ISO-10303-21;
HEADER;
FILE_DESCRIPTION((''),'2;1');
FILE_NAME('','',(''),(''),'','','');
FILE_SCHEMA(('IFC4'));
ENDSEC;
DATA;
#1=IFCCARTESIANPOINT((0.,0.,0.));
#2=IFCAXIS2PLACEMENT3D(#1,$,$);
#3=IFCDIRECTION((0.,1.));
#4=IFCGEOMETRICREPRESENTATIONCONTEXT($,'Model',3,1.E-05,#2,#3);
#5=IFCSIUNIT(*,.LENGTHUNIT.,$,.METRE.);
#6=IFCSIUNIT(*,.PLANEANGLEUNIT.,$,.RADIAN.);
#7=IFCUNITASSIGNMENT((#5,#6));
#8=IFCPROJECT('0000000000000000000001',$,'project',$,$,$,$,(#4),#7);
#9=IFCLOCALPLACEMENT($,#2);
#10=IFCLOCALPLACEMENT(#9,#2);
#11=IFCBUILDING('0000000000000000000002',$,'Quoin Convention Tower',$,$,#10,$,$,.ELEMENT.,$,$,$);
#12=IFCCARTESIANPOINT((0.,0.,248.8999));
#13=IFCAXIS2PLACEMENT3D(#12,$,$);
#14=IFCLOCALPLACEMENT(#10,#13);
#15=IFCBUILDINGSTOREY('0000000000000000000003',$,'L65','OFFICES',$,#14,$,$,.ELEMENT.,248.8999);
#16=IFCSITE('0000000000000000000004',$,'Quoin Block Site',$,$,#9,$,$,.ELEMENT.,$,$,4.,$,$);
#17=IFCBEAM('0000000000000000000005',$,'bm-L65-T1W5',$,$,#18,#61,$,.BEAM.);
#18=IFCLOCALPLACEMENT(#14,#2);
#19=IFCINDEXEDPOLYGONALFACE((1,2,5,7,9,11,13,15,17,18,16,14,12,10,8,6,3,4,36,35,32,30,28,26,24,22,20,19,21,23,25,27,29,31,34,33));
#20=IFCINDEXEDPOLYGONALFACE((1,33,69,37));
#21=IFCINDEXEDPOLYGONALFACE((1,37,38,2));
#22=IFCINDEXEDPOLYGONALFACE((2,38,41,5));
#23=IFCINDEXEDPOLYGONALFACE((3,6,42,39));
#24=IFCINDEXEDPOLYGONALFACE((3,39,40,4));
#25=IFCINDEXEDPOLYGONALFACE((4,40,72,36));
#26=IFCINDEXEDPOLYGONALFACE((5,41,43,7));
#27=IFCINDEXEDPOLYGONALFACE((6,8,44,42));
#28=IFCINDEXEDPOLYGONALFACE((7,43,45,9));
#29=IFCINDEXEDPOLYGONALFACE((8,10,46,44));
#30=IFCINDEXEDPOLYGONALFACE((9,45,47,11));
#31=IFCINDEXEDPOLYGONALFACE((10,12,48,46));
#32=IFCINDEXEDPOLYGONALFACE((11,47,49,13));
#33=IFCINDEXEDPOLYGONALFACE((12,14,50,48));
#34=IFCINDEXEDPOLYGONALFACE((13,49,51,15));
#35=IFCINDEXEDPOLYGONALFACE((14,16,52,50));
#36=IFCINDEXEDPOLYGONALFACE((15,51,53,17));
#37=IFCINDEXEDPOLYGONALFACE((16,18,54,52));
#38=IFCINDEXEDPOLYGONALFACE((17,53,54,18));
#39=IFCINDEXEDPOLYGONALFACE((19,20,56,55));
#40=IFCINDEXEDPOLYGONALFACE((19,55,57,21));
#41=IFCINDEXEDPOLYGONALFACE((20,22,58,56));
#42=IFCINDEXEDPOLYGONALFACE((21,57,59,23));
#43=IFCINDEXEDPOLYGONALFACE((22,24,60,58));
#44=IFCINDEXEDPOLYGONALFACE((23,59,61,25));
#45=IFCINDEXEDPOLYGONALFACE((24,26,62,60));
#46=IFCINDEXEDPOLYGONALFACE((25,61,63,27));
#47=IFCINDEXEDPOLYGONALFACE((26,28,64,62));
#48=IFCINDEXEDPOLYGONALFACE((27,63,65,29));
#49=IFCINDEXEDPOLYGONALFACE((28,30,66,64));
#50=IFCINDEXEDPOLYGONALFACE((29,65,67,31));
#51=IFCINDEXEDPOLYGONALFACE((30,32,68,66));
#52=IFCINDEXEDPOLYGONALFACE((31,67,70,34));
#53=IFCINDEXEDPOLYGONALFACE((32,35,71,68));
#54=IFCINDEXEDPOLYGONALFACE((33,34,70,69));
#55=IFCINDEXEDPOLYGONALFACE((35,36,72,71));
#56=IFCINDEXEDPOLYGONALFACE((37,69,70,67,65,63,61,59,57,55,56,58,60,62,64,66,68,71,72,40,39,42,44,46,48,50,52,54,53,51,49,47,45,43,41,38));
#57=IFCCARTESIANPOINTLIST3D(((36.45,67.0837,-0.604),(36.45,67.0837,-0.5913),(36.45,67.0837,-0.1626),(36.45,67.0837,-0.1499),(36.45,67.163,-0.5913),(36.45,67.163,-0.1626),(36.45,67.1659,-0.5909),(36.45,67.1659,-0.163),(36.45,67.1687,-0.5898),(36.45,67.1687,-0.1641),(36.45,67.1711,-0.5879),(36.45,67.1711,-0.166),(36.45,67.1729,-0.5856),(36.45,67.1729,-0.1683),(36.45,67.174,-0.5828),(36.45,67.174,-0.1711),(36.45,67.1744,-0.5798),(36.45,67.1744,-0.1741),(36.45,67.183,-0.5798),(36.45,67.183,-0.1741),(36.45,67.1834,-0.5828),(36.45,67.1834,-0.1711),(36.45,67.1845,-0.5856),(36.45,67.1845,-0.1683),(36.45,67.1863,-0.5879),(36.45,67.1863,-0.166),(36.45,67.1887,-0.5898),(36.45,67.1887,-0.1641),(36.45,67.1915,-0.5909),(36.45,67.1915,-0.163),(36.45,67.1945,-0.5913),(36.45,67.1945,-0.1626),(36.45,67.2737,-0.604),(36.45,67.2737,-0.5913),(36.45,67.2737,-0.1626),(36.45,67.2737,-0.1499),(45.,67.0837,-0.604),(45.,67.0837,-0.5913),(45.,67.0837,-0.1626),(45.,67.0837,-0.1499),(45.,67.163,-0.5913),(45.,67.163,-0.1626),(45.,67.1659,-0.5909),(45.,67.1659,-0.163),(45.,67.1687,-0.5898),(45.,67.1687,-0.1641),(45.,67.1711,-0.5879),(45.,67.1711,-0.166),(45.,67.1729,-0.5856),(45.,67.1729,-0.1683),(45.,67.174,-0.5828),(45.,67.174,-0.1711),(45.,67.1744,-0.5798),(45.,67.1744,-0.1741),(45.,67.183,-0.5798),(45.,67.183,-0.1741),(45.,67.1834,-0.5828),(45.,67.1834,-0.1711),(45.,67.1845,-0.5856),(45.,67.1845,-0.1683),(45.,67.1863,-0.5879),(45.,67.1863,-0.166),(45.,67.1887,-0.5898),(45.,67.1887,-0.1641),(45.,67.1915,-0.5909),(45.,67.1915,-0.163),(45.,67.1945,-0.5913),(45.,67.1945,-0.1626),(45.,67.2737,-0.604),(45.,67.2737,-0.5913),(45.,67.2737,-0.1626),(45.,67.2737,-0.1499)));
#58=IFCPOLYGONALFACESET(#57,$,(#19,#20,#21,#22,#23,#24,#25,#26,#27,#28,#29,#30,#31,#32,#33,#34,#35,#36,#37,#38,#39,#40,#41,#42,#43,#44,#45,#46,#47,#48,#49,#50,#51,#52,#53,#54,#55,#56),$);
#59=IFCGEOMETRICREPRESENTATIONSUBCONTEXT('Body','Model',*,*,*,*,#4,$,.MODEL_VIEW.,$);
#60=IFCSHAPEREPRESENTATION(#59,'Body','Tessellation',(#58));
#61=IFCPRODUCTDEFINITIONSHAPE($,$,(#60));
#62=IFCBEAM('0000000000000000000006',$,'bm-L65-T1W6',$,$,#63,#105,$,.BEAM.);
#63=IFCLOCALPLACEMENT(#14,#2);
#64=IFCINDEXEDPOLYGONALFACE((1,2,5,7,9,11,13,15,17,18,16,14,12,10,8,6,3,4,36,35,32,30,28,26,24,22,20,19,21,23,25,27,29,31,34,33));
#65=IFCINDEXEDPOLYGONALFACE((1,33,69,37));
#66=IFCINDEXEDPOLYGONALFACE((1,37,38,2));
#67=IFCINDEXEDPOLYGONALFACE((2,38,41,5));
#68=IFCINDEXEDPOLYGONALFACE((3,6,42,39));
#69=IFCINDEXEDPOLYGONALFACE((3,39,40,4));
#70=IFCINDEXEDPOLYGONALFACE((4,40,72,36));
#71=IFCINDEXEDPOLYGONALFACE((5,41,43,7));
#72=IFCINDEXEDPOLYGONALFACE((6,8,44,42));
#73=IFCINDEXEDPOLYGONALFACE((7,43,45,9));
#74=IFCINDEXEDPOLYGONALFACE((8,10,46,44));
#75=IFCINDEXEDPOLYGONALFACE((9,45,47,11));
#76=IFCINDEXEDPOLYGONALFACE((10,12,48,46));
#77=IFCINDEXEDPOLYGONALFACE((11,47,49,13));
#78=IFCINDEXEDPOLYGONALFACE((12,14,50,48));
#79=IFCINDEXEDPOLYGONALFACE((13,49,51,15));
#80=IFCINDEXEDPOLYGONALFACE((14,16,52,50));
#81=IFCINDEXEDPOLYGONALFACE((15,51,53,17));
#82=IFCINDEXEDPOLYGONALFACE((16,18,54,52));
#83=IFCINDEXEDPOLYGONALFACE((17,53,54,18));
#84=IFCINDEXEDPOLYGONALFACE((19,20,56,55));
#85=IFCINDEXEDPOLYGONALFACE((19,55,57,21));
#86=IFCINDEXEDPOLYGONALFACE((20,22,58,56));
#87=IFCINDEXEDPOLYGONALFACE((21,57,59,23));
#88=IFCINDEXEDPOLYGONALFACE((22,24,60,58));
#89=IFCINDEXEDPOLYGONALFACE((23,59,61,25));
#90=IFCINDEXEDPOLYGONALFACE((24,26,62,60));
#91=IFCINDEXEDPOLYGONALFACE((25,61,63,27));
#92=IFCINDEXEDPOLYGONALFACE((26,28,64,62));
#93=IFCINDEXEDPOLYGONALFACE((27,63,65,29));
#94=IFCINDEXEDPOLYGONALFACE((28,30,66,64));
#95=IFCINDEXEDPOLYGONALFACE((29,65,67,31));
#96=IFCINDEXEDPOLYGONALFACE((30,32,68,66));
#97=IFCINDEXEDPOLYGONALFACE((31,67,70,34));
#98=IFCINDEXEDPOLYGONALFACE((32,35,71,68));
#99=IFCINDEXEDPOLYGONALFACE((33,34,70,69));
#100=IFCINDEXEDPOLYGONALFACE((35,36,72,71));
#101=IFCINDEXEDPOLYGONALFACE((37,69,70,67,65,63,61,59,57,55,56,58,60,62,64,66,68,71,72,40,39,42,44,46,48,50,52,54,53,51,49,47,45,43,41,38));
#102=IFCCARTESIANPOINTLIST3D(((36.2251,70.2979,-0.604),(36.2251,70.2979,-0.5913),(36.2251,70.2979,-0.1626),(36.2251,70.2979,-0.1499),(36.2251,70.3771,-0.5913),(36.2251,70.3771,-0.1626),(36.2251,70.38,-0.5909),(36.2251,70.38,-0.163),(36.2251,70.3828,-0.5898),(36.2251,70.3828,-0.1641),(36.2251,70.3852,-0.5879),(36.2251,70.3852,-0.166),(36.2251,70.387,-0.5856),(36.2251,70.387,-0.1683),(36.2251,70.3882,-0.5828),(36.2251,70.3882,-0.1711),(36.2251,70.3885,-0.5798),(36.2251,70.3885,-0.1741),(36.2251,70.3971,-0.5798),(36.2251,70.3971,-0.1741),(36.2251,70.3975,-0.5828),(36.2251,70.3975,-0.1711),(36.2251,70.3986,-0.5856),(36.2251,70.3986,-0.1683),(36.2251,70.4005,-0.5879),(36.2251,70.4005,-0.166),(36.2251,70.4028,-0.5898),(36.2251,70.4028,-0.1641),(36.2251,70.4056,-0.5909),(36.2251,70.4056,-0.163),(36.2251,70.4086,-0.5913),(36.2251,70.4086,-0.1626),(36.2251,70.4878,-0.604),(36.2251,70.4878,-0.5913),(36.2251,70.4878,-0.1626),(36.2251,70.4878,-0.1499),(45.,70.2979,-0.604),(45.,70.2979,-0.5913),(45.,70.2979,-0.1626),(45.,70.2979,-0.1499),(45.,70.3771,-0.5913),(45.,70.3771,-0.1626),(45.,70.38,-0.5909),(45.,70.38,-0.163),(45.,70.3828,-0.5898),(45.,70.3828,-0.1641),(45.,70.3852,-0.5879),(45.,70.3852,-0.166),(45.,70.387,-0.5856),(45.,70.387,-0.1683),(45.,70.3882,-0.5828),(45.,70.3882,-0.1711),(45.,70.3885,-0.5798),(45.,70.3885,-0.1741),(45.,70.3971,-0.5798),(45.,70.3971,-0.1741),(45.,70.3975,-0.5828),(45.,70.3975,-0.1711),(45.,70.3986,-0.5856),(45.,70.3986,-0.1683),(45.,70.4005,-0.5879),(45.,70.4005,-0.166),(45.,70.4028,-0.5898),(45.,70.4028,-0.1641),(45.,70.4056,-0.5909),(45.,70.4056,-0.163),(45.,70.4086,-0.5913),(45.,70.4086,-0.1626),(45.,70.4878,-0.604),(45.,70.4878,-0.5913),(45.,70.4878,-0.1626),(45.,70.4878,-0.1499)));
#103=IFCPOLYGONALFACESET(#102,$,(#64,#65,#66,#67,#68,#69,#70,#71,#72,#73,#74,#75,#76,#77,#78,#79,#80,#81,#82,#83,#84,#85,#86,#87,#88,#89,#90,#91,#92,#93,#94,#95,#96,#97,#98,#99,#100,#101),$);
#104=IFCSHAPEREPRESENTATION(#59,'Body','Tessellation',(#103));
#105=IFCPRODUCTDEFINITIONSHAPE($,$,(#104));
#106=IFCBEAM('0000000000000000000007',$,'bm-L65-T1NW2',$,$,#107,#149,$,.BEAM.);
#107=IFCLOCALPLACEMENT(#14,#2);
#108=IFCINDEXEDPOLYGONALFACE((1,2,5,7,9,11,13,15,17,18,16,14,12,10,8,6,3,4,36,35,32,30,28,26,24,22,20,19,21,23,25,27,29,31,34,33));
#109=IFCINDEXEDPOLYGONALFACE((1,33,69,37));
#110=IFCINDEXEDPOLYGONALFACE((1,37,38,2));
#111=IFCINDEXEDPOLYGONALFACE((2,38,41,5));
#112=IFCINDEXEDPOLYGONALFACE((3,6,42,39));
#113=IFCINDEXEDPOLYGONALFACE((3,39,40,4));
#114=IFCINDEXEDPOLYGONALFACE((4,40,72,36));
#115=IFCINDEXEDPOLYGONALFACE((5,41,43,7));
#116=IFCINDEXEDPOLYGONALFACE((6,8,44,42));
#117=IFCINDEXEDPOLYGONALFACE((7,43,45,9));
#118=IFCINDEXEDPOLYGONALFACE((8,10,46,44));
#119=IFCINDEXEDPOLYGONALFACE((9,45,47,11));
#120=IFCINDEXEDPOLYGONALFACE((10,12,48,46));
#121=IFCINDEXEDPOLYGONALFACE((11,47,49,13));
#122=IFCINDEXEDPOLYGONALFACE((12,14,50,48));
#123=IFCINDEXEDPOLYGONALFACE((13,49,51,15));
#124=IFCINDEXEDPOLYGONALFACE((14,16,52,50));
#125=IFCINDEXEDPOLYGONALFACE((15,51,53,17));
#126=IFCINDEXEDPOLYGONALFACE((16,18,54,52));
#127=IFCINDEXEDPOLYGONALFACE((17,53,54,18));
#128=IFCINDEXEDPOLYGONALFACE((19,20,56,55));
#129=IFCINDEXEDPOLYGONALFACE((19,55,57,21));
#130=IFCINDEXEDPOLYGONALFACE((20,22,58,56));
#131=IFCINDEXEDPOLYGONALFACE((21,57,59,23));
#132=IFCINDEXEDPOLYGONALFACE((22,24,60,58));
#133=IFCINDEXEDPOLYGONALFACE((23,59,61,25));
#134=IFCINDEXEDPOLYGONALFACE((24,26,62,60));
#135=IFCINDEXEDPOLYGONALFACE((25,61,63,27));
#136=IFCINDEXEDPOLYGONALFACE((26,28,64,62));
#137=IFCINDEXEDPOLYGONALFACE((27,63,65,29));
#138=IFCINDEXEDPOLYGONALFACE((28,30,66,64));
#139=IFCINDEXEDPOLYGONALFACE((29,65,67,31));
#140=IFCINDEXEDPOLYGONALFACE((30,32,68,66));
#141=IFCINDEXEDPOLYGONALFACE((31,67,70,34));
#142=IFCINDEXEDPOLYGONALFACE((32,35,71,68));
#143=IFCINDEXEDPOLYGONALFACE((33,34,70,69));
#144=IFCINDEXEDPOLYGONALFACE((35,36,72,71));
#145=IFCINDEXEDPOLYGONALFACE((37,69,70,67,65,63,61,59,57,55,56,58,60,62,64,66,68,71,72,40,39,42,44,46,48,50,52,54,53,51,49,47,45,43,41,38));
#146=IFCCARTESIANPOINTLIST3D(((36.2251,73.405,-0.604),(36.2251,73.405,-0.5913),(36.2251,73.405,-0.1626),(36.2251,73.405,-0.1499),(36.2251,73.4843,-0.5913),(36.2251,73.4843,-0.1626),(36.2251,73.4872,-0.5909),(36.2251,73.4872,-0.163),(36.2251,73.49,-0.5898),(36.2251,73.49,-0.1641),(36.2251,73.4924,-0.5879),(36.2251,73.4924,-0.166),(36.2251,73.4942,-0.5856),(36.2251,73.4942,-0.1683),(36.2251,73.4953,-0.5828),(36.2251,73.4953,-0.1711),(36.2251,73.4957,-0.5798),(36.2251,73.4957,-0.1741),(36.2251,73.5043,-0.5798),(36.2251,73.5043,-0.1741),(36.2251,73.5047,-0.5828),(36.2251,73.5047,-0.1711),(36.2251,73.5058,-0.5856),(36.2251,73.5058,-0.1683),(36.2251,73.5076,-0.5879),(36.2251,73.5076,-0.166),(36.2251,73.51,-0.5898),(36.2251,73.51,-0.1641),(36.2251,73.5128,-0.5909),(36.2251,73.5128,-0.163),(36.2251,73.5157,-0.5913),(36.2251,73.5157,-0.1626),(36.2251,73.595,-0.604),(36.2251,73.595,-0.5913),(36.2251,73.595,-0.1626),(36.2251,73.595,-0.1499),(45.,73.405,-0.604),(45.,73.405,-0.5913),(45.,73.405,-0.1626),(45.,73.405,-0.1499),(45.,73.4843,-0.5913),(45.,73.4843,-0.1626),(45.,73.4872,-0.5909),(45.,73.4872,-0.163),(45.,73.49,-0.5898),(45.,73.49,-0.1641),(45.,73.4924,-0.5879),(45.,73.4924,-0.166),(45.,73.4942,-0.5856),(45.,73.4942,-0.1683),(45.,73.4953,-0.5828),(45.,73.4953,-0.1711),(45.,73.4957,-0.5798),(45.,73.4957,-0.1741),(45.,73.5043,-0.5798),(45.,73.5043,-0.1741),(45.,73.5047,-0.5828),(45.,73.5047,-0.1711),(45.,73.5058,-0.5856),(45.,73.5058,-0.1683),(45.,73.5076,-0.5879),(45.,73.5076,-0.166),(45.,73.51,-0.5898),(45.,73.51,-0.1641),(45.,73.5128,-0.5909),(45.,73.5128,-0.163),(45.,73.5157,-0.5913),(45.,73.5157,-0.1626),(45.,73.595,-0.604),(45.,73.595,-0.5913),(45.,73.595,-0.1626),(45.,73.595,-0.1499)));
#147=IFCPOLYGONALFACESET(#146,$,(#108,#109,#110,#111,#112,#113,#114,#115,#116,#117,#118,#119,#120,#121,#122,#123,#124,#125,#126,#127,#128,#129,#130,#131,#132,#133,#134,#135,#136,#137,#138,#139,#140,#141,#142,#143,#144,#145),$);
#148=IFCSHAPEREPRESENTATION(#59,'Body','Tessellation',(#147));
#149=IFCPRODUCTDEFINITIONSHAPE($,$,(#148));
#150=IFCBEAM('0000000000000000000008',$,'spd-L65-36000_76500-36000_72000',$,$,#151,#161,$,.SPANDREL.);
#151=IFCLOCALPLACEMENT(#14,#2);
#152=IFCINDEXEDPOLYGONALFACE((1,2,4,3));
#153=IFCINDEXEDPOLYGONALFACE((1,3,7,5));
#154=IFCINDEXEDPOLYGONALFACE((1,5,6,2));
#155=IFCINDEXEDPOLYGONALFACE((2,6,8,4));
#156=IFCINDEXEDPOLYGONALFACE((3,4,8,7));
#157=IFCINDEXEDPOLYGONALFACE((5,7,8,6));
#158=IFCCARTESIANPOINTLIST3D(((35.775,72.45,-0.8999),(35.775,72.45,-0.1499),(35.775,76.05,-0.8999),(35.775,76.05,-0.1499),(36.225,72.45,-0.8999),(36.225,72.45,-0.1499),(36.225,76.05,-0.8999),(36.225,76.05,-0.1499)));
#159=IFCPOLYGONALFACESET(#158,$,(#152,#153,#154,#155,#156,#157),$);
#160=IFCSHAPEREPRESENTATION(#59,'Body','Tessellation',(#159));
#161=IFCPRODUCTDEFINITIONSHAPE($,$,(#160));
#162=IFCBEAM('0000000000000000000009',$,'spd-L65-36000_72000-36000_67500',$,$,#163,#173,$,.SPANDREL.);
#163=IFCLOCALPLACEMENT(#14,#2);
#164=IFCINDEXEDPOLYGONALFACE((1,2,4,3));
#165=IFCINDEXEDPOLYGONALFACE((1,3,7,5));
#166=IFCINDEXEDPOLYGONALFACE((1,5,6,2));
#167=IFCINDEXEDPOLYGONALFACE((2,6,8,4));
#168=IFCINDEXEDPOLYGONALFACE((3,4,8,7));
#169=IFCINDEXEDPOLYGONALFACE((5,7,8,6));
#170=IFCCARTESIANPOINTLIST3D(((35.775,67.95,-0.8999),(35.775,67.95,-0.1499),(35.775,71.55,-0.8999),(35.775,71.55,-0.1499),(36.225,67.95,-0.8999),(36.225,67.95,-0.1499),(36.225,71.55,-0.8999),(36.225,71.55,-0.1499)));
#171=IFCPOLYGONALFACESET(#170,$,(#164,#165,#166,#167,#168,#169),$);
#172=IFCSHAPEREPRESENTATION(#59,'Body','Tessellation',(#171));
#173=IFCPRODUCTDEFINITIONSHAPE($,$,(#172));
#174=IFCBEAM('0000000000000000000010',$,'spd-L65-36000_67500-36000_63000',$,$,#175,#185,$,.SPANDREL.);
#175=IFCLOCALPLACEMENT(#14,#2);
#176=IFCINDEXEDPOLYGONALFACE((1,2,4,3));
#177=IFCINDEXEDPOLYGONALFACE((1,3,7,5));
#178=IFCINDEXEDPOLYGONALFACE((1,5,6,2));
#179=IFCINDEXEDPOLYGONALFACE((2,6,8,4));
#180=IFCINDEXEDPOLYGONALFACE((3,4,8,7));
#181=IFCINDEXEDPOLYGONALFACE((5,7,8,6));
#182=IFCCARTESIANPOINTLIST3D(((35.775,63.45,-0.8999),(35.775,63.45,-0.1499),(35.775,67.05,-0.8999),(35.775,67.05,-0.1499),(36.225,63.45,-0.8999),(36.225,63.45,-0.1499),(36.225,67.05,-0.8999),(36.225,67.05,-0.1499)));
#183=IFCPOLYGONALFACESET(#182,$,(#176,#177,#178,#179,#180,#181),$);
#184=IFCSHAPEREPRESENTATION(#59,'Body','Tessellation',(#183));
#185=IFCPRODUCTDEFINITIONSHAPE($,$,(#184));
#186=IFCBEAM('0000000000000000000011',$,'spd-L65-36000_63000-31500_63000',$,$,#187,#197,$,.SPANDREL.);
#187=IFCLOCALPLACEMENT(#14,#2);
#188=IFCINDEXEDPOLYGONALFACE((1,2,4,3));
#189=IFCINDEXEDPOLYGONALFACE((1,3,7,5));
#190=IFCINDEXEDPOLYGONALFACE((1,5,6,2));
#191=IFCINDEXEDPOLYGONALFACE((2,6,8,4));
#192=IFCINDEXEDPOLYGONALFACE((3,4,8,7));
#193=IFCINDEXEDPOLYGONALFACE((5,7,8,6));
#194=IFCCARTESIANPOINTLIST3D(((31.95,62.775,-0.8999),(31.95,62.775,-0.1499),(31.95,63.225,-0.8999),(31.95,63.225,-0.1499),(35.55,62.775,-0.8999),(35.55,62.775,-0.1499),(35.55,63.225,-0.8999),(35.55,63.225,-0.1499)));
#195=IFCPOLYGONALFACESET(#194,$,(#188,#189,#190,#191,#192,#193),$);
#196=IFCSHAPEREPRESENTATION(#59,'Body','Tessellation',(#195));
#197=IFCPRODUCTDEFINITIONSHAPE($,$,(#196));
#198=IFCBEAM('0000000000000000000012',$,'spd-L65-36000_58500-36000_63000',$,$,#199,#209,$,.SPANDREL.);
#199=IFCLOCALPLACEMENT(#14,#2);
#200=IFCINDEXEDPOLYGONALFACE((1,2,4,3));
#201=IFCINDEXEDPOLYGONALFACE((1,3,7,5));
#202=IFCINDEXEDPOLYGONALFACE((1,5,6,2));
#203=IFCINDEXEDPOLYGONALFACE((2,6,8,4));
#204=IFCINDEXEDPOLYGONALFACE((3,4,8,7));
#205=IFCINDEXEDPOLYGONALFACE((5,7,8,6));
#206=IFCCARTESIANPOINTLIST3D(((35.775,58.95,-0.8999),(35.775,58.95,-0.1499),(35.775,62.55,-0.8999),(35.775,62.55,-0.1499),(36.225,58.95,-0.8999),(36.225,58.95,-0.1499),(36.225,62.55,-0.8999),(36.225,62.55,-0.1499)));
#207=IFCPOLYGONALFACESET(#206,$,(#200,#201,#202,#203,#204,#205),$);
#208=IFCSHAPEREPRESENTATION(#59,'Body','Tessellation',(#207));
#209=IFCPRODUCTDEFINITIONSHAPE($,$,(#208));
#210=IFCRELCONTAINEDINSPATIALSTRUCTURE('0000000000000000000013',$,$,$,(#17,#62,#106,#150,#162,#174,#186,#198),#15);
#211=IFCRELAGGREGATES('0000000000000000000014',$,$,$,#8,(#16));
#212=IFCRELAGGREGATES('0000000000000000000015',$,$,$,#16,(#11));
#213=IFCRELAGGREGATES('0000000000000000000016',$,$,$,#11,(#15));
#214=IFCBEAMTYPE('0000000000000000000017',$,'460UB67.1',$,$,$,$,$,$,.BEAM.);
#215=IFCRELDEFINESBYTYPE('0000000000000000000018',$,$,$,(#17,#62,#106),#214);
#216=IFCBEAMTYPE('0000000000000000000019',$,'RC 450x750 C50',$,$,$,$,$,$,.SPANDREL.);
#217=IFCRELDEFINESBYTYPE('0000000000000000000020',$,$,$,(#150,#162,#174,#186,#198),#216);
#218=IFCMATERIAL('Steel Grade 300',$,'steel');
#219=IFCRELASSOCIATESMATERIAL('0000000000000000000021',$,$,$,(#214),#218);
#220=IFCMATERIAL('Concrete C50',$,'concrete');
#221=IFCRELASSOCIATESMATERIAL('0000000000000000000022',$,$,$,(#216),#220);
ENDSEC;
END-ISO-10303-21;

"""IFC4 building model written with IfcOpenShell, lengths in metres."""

from ifc_helpers import new_model, si_unit, direction, frame, origin, origin_2d, place, context, subcontext, project, spatial, rectangle, i_section, extrude, material, material_profile, profile_set, type_object, element, save


model = new_model("IFC4")

# Units and contexts
model_context = context("Model", 3, precision=1e-05, world=origin(), true_north=direction((0.0, 1.0)))
body_context = subcontext(model_context, "Body", "Model", "MODEL_VIEW")
ifc_project = project(units=[si_unit("LENGTHUNIT", "METRE"), si_unit("PLANEANGLEUNIT", "RADIAN")], contexts=[model_context])

# Site, building, storey
site_placement = place(None, origin())
site = spatial("IfcSite", under=ifc_project, at=site_placement, Name="Quoin Block Site", CompositionType="ELEMENT", RefElevation=4.0)
building_placement = place(site_placement, origin())
building = spatial("IfcBuilding", under=site, at=building_placement, Name="Quoin Convention Tower", CompositionType="ELEMENT")
storey_placement = place(building_placement, frame((0.0, 0.0, 248.8999)))
storey = spatial("IfcBuildingStorey", under=building, at=storey_placement, Name="L65", Description="OFFICES", CompositionType="ELEMENT", Elevation=248.8999)

# Shared definitions
ifc_material_1 = material(Name="Concrete C50", Category="concrete")

# Beams
ifc_material_2 = material(Name="Steel Grade 300", Category="steel")
ifc_material_profile_1 = material_profile(ifc_material_2, i_section(OverallWidth=0.1899, OverallDepth=0.4541, WebThickness=0.0085, FlangeThickness=0.0127, FilletRadius=0.0115, at=origin_2d()), Name="460UB67.1")
ifc_profile_set_1 = profile_set([ifc_material_profile_1], Name="Steel Grade 300")
beam_type_1 = type_object("IfcBeamType", Name="460UB67.1", PredefinedType="BEAM", material=ifc_profile_set_1)
beam_placement = place(storey_placement, frame((36.45, 67.1787, -0.377), z_axis=(1.0, 0.0, 0.0), x_axis=(0.0, 1.0, 0.0)))
element("IfcBeam", 1, at=beam_placement, inside=storey, type_object=beam_type_1, Name="bm-L65-T1W5", PredefinedType="BEAM", context=body_context, shape_type="SweptSolid", body=[
    extrude(i_section(OverallWidth=0.1899, OverallDepth=0.4541, WebThickness=0.0085, FlangeThickness=0.0127, FilletRadius=0.0115, at=origin_2d()), origin(), (0.0, 0.0, 1.0), 8.55),
])
for number, where, z_axis, x_axis, name in (
    (2, (36.2251, 70.3928, -0.377), (1.0, 0.0, 0.0), (0.0, 1.0, 0.0), "bm-L65-T1W6"),
    (3, (36.2251, 73.5, -0.377), (1.0, 0.0, 0.0), (0.0, 1.0, 0.0), "bm-L65-T1NW2"),
):
    element("IfcBeam", number, at=place(storey_placement, frame(where, z_axis=z_axis, x_axis=x_axis)), inside=storey, type_object=beam_type_1, Name=name, PredefinedType="BEAM", context=body_context, shape_type="SweptSolid", body=[
        extrude(i_section(OverallWidth=0.1899, OverallDepth=0.4541, WebThickness=0.0085, FlangeThickness=0.0127, FilletRadius=0.0115, at=origin_2d()), origin(), (0.0, 0.0, 1.0), 8.7749),
    ])
ifc_material_profile_2 = material_profile(ifc_material_1, rectangle(XDim=0.45, YDim=0.75, at=origin_2d()), Name="RC 450x750")
ifc_profile_set_2 = profile_set([ifc_material_profile_2], Name="Concrete C50")
beam_type_2 = type_object("IfcBeamType", Name="RC 450x750 C50", PredefinedType="SPANDREL", material=ifc_profile_set_2)
for number, where, z_axis, x_axis, name in (
    (4, (36.0, 76.05, -0.5249), (0.0, -1.0, 0.0), (1.0, 0.0, 0.0), "spd-L65-36000_76500-36000_72000"),
    (5, (36.0, 71.55, -0.5249), (0.0, -1.0, 0.0), (1.0, 0.0, 0.0), "spd-L65-36000_72000-36000_67500"),
    (6, (36.0, 67.05, -0.5249), (0.0, -1.0, 0.0), (1.0, 0.0, 0.0), "spd-L65-36000_67500-36000_63000"),
    (7, (35.55, 63.0, -0.5249), (-1.0, 0.0, 0.0), (0.0, -1.0, 0.0), "spd-L65-36000_63000-31500_63000"),
    (8, (36.0, 58.95, -0.5249), (0.0, 1.0, 0.0), (-1.0, 0.0, 0.0), "spd-L65-36000_58500-36000_63000"),
):
    element("IfcBeam", number, at=place(storey_placement, frame(where, z_axis=z_axis, x_axis=x_axis)), inside=storey, type_object=beam_type_2, Name=name, PredefinedType="SPANDREL", context=body_context, shape_type="SweptSolid", body=[
        extrude(rectangle(XDim=0.45, YDim=0.75, at=origin_2d()), origin(), (0.0, 0.0, 1.0), 3.6001),
    ])

save(model, "model.ifc")
